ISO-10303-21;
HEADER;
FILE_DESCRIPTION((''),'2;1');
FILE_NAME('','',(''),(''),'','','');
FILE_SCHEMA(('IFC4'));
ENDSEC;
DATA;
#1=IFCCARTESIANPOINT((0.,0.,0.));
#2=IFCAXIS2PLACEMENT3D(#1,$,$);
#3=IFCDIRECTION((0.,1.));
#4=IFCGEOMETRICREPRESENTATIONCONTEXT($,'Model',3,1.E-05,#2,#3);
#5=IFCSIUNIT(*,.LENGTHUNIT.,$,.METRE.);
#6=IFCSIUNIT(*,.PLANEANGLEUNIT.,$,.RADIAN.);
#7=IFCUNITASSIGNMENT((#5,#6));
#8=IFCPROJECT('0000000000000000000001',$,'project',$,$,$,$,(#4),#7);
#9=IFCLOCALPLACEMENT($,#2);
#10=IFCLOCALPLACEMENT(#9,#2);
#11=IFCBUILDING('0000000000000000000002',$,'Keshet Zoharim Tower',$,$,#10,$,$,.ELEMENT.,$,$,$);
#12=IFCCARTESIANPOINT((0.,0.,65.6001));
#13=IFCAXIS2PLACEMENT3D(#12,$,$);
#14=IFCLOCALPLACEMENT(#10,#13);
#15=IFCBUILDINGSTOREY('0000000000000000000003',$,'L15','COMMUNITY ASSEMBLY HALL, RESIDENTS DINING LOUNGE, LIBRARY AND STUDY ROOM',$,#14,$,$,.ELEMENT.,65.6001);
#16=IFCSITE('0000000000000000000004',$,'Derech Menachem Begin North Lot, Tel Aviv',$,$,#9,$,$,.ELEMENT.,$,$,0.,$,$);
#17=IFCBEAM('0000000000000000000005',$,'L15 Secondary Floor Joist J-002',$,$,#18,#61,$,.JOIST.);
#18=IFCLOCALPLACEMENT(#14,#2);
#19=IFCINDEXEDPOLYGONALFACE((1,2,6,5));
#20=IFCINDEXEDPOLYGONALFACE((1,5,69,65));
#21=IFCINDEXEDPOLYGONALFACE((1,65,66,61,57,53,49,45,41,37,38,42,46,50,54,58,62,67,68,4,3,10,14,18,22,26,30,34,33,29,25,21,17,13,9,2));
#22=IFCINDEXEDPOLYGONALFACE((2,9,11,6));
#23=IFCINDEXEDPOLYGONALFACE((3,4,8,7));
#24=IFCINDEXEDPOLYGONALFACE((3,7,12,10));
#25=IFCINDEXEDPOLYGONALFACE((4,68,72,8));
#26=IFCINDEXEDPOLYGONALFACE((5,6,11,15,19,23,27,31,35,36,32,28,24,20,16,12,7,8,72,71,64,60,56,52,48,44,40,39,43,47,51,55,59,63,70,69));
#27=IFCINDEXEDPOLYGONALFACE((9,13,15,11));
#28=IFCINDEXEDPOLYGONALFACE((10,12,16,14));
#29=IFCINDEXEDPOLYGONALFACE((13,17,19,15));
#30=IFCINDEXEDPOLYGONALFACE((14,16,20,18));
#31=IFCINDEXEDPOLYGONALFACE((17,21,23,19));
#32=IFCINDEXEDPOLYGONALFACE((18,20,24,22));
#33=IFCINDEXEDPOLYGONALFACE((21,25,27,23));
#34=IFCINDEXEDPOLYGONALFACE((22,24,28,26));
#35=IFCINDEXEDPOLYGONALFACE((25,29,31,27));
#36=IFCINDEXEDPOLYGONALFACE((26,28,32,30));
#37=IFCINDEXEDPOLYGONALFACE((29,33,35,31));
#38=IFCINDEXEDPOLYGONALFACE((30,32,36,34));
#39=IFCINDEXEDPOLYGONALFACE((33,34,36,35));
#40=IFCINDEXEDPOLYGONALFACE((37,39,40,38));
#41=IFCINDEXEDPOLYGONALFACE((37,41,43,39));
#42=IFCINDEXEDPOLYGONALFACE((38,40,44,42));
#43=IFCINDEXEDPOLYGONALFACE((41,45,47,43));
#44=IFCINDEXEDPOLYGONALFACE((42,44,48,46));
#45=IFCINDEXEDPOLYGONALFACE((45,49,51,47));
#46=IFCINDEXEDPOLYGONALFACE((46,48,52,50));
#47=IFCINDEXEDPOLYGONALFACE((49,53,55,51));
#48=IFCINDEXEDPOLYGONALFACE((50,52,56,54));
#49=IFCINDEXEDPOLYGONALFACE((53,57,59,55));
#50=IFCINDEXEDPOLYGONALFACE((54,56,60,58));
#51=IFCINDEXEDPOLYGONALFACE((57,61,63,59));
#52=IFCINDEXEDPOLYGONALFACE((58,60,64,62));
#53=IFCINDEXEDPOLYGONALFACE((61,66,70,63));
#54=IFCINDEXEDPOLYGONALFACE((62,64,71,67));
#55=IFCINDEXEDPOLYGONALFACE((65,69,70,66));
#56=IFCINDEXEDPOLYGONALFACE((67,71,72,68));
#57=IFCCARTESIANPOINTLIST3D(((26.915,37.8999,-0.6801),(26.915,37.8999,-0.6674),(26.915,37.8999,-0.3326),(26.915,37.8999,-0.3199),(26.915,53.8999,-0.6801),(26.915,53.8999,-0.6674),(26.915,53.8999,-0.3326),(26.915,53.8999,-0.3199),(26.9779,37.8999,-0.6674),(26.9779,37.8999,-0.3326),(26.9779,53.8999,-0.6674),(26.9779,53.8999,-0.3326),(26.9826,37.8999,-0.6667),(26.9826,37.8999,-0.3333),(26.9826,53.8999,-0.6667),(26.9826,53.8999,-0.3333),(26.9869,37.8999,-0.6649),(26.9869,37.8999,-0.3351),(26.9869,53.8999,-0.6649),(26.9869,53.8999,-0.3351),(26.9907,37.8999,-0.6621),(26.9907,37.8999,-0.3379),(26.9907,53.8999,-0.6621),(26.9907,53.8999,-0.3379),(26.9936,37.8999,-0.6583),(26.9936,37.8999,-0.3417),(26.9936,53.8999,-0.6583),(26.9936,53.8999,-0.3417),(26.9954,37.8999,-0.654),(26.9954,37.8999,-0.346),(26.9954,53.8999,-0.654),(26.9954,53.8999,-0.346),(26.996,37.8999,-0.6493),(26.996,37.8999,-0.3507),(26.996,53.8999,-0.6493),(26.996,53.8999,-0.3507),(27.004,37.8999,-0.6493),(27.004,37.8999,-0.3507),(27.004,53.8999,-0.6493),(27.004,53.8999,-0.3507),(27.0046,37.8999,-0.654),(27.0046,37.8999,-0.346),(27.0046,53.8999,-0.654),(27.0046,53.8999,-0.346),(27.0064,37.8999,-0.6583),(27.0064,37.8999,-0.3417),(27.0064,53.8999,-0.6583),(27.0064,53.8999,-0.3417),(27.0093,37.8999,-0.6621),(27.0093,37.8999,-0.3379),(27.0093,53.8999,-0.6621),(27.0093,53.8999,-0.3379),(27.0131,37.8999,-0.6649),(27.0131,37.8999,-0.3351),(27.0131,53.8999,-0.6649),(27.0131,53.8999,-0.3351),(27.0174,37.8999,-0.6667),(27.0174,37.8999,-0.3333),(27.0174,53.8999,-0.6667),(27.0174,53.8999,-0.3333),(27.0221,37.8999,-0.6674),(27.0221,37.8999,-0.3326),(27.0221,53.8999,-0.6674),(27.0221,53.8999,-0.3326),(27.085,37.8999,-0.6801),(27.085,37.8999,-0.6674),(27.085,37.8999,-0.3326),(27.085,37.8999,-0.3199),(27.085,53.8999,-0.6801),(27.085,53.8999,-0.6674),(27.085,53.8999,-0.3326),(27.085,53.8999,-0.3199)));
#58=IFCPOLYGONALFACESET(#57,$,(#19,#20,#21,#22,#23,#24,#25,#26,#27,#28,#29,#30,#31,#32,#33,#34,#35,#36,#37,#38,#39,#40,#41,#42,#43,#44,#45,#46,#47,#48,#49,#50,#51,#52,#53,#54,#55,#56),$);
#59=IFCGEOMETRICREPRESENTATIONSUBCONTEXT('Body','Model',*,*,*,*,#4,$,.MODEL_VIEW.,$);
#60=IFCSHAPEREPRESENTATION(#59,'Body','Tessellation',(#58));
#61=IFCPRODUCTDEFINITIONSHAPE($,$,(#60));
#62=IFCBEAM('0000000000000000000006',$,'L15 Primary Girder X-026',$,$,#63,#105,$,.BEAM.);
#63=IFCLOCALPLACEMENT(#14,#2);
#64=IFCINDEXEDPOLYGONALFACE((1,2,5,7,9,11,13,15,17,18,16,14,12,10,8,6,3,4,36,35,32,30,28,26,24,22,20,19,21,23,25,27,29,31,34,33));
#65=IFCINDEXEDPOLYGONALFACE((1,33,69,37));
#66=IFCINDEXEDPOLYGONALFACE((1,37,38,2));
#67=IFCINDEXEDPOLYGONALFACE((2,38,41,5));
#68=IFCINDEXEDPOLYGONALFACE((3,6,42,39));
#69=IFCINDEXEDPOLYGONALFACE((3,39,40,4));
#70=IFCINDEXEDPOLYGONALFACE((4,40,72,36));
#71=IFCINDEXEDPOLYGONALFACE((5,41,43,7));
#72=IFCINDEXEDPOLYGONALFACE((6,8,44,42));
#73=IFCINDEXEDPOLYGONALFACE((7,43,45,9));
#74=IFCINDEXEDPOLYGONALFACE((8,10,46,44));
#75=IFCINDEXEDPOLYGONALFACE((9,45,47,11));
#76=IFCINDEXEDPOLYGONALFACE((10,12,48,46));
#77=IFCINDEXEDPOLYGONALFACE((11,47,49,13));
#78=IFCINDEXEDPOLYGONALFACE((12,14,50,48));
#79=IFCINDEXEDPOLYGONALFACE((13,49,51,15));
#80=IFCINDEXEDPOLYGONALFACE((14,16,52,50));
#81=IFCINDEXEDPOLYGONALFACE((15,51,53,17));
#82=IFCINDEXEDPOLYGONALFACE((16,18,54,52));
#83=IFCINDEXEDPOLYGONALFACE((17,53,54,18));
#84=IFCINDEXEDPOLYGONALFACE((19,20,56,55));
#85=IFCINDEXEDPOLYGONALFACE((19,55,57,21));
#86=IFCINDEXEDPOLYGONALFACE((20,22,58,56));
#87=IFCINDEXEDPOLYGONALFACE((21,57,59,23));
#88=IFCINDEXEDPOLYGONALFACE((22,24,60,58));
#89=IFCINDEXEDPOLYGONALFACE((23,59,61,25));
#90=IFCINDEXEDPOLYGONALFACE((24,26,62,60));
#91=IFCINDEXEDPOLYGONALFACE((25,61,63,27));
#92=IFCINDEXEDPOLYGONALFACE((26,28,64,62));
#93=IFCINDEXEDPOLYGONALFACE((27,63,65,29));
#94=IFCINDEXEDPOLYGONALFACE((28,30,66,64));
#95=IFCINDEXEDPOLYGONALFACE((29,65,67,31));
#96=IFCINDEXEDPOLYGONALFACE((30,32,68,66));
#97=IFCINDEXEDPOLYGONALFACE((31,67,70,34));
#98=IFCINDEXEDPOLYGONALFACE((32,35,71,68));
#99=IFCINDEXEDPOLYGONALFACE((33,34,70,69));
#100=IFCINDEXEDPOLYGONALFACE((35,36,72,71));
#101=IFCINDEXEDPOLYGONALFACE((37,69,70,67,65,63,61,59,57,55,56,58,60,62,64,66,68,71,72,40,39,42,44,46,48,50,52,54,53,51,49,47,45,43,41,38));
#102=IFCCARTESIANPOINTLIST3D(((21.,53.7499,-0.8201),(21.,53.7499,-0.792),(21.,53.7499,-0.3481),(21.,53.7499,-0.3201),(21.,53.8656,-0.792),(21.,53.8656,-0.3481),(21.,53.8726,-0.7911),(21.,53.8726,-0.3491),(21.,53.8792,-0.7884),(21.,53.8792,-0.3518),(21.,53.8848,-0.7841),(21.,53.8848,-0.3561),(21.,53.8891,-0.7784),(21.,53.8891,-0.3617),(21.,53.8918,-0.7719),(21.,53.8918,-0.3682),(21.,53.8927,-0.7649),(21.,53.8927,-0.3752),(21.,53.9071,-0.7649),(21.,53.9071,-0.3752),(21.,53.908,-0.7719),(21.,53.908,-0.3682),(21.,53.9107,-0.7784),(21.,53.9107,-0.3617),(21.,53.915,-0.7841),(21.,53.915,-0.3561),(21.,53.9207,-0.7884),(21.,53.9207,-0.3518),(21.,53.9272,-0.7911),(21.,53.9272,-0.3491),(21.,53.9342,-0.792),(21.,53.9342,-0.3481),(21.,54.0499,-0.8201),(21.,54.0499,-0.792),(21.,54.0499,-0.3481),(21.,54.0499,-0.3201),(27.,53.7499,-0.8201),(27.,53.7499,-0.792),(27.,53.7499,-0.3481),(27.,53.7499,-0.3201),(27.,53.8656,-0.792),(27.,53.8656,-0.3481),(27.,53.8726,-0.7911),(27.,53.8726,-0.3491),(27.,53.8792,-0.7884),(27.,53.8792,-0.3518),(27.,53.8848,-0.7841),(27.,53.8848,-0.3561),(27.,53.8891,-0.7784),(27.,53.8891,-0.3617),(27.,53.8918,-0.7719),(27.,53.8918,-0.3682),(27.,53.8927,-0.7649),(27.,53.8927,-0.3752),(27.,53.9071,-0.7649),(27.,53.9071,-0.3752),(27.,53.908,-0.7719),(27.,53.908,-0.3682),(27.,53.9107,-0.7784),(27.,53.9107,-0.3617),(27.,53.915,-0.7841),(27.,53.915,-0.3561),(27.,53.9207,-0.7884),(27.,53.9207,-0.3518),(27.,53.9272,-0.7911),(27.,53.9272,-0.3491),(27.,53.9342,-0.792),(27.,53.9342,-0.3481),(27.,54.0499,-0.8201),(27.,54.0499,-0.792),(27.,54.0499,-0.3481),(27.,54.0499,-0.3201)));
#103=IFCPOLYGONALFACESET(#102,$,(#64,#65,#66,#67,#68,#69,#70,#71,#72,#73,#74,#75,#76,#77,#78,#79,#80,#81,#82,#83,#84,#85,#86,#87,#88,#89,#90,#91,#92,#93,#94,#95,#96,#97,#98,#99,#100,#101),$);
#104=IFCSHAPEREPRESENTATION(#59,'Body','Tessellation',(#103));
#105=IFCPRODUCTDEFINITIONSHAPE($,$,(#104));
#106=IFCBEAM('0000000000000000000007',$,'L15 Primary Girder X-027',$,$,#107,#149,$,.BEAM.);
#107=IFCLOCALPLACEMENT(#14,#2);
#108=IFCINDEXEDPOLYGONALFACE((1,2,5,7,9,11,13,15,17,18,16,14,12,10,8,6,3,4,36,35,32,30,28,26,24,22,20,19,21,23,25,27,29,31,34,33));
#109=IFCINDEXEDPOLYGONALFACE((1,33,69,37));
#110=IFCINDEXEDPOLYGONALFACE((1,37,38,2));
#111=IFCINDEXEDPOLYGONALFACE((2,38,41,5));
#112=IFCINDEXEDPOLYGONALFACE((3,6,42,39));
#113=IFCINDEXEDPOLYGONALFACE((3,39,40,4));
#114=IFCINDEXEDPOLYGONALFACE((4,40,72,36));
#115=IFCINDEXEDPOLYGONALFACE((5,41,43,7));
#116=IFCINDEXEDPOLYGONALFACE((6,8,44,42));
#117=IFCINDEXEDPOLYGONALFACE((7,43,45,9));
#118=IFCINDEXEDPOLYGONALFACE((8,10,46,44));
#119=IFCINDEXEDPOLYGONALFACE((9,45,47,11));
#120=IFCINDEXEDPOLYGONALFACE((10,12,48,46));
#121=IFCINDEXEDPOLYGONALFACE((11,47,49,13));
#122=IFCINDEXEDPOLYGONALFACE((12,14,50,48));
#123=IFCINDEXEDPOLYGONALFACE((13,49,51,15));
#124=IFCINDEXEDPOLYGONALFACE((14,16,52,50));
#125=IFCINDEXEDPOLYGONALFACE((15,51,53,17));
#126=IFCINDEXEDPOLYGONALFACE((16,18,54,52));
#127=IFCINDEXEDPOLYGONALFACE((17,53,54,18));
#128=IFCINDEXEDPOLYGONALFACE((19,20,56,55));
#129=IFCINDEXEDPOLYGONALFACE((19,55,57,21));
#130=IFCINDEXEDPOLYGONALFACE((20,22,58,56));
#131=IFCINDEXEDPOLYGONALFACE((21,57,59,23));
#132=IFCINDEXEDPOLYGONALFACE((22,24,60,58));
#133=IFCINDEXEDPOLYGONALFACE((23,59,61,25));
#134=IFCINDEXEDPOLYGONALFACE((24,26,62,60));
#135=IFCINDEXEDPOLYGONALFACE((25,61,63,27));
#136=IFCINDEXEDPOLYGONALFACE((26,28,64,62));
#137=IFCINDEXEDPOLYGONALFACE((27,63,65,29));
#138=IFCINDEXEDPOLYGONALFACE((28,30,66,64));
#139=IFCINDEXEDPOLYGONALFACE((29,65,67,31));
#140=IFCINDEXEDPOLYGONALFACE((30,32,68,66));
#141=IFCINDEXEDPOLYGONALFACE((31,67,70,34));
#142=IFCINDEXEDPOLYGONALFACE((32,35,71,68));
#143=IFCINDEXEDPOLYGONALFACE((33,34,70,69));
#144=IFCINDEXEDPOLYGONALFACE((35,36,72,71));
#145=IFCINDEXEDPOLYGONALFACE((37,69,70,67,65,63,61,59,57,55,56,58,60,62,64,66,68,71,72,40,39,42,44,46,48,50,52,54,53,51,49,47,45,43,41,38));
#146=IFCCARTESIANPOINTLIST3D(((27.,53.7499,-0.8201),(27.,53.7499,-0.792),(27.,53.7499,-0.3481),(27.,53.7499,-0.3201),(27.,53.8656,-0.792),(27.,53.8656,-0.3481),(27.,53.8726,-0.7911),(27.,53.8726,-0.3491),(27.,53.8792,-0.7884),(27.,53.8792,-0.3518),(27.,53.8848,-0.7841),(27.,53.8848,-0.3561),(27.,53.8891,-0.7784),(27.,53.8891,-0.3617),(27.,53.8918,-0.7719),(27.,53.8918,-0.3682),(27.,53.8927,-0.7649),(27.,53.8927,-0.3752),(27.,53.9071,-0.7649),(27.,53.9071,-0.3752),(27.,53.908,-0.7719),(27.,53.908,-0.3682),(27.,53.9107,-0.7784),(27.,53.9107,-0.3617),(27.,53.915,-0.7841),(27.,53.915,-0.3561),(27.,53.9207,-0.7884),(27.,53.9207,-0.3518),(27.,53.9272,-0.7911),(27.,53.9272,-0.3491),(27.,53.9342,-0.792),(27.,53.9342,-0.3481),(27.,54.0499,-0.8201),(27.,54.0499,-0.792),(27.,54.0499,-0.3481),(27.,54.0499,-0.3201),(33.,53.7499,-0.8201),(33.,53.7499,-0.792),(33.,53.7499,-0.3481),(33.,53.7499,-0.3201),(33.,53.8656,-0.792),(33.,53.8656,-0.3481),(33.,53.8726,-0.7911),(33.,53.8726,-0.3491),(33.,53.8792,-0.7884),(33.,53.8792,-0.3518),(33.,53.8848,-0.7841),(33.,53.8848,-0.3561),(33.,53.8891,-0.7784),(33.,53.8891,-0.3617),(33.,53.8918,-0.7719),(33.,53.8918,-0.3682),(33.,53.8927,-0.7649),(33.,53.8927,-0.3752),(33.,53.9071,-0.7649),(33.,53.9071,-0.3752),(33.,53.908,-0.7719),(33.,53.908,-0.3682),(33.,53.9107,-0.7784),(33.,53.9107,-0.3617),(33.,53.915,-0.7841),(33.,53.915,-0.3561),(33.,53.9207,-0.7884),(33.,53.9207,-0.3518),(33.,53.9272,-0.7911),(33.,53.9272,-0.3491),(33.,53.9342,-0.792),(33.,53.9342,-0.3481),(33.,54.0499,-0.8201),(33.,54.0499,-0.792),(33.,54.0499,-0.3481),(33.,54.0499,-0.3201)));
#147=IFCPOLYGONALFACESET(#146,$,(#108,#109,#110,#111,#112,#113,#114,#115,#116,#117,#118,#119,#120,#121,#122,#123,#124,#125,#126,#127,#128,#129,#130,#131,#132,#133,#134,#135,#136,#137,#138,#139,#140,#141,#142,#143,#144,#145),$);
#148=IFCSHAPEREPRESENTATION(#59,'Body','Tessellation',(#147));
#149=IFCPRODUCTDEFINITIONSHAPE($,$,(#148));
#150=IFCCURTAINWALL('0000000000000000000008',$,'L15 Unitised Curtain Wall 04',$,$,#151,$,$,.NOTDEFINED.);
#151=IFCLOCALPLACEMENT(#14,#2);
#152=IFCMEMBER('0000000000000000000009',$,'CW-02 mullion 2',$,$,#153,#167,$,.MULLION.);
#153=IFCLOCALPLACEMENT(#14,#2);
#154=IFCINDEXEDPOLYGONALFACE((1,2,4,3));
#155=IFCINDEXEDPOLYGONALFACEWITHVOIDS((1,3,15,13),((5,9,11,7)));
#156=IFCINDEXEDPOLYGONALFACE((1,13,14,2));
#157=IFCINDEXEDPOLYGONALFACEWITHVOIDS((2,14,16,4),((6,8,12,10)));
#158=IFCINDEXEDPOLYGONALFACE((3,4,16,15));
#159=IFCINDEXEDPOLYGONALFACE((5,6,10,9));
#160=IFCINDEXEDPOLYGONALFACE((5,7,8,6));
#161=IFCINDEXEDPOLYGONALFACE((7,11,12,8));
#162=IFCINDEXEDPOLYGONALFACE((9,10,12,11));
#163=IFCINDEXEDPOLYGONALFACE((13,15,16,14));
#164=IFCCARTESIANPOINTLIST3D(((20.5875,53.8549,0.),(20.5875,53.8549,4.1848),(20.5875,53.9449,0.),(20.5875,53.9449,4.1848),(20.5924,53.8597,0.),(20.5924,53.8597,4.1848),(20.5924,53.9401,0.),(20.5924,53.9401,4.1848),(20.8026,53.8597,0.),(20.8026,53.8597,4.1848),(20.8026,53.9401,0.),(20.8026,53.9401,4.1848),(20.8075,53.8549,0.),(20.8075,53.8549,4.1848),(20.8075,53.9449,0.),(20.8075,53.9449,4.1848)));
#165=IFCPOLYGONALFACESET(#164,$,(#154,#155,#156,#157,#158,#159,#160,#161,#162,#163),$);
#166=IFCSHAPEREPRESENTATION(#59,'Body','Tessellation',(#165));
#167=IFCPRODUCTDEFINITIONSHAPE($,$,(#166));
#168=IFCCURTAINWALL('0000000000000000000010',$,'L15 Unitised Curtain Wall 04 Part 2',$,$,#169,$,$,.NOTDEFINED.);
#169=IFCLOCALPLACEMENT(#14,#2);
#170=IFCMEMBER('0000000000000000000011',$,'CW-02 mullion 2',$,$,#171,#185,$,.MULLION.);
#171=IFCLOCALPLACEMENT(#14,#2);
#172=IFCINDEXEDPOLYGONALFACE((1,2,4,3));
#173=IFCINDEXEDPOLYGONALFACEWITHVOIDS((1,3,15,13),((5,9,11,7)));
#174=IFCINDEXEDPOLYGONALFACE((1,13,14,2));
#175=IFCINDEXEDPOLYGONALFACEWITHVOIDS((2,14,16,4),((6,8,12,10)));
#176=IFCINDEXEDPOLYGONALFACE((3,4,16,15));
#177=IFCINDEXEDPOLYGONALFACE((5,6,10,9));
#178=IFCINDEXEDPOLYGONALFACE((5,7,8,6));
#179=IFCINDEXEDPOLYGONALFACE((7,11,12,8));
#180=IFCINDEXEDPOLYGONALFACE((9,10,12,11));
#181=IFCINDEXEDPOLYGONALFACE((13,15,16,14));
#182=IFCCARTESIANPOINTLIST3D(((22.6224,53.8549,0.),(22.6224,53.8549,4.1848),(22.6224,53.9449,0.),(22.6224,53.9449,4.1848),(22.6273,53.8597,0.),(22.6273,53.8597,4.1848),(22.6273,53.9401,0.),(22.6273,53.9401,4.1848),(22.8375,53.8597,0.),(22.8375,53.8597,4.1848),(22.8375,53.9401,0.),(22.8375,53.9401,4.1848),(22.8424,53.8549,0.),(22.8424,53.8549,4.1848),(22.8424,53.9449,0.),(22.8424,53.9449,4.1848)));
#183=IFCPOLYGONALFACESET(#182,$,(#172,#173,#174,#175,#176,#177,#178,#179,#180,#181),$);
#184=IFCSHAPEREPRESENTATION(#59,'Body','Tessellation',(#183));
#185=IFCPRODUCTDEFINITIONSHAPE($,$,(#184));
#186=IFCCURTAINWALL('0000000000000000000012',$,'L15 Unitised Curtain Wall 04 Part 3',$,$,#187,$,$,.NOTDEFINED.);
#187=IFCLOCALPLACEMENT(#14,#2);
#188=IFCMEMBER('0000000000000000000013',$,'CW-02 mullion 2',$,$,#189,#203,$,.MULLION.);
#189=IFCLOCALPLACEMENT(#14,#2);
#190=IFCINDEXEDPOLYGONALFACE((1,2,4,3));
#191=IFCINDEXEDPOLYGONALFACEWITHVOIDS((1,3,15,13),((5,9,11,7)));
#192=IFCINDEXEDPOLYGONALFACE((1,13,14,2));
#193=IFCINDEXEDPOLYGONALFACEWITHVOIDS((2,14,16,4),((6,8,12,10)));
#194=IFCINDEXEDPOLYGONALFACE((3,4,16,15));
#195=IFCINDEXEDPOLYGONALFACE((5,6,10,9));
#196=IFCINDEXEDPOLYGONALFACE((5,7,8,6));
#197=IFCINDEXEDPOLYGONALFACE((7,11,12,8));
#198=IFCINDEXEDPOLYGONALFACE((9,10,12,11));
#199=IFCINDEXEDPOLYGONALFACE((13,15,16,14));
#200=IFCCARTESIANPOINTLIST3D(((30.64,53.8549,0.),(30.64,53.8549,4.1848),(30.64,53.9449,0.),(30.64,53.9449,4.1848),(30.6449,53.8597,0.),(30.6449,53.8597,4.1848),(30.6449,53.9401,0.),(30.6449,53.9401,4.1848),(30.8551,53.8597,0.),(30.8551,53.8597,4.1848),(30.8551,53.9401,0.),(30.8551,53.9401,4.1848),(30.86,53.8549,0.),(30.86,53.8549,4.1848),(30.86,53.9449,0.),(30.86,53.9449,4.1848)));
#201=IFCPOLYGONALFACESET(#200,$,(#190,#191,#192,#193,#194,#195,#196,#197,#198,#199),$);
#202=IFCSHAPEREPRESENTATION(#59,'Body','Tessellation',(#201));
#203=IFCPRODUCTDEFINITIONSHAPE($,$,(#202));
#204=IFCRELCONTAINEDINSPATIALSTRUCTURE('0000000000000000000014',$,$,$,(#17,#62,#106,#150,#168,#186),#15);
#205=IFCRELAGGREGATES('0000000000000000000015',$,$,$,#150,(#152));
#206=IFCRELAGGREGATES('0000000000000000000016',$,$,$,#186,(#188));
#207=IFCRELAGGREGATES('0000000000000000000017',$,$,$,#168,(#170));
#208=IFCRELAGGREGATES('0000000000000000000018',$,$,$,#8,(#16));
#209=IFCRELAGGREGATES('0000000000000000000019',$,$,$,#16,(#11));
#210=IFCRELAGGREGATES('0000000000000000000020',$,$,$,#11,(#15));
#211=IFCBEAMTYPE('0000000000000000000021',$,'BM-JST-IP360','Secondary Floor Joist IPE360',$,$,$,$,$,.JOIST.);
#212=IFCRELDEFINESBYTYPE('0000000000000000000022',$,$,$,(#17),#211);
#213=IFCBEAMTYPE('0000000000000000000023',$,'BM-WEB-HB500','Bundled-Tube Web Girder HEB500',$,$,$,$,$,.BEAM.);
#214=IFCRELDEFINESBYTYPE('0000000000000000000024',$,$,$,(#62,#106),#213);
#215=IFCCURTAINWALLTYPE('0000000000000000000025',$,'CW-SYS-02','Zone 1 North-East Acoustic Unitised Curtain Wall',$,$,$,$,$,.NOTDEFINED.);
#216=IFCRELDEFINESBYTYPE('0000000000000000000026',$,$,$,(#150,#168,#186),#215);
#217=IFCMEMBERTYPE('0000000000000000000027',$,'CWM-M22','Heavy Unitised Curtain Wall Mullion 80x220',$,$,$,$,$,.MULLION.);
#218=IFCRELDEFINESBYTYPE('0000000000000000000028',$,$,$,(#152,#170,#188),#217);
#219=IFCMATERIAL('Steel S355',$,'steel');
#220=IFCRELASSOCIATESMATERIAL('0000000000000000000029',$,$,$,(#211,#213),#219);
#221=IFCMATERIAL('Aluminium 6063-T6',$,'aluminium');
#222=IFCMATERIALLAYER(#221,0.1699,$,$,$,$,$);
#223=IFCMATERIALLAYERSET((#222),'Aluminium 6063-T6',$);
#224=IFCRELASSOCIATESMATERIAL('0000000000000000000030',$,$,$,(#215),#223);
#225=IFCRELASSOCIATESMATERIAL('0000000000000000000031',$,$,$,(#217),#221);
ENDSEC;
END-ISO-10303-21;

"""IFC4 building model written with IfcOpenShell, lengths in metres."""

from ifc_helpers import new_model, si_unit, direction, frame, origin, origin_2d, place, context, subcontext, project, spatial, hollow_rectangle, i_section, extrude, material, layer, layer_set, material_profile, profile_set, type_object, element, aggregate, save


model = new_model("IFC4")

# Units and contexts
model_context = context("Model", 3, precision=1e-05, world=origin(), true_north=direction((0.0, 1.0)))
body_context = subcontext(model_context, "Body", "Model", "MODEL_VIEW")
ifc_project = project(units=[si_unit("LENGTHUNIT", "METRE"), si_unit("PLANEANGLEUNIT", "RADIAN")], contexts=[model_context])

# Site, building, storey
site_placement = place(None, origin())
site = spatial("IfcSite", under=ifc_project, at=site_placement, Name="Derech Menachem Begin North Lot, Tel Aviv", CompositionType="ELEMENT", RefElevation=0.0)
building_placement = place(site_placement, origin())
building = spatial("IfcBuilding", under=site, at=building_placement, Name="Keshet Zoharim Tower", CompositionType="ELEMENT")
storey_placement = place(building_placement, frame((0.0, 0.0, 65.6001)))
storey = spatial("IfcBuildingStorey", under=building, at=storey_placement, Name="L15", Description="COMMUNITY ASSEMBLY HALL, RESIDENTS DINING LOUNGE, LIBRARY AND STUDY ROOM", CompositionType="ELEMENT", Elevation=65.6001)

# Shared definitions
ifc_material_1 = material(Name="Steel S355", Category="steel")

# Beams
ifc_material_profile_1 = material_profile(ifc_material_1, i_section(OverallWidth=0.1699, OverallDepth=0.3601, WebThickness=0.0081, FlangeThickness=0.0127, FilletRadius=0.0181, at=origin_2d()), Name="IPE360")
ifc_profile_set_1 = profile_set([ifc_material_profile_1], Name="Steel S355")
beam_type_1 = type_object("IfcBeamType", Name="BM-JST-IP360", Description="Secondary Floor Joist IPE360", PredefinedType="JOIST", material=ifc_profile_set_1)
for number, where, z_axis, x_axis, name in (
    (1, (27.0, 37.8999, -0.5), (0.0, 1.0, 0.0), (-1.0, 0.0, 0.0), "L15 Secondary Floor Joist J-002"),
):
    element("IfcBeam", number, at=place(storey_placement, frame(where, z_axis=z_axis, x_axis=x_axis)), inside=storey, type_object=beam_type_1, Name=name, PredefinedType="JOIST", context=body_context, shape_type="SweptSolid", body=[
        extrude(i_section(OverallWidth=0.1699, OverallDepth=0.3601, WebThickness=0.0081, FlangeThickness=0.0127, FilletRadius=0.0181, at=origin_2d()), origin(), (0.0, 0.0, 1.0), 16.0),
    ])
ifc_material_profile_2 = material_profile(ifc_material_1, i_section(OverallWidth=0.3, OverallDepth=0.5, WebThickness=0.0144, FlangeThickness=0.0281, FilletRadius=0.0271, at=origin_2d()), Name="HEB500")
ifc_profile_set_2 = profile_set([ifc_material_profile_2], Name="Steel S355")
beam_type_2 = type_object("IfcBeamType", Name="BM-WEB-HB500", Description="Bundled-Tube Web Girder HEB500", PredefinedType="BEAM", material=ifc_profile_set_2)
for number, where, z_axis, x_axis, name in (
    (2, (21.0, 53.8999, -0.5701), (1.0, 0.0, 0.0), (0.0, 1.0, 0.0), "L15 Primary Girder X-026"),
    (3, (27.0, 53.8999, -0.5701), (1.0, 0.0, 0.0), (0.0, 1.0, 0.0), "L15 Primary Girder X-027"),
):
    element("IfcBeam", number, at=place(storey_placement, frame(where, z_axis=z_axis, x_axis=x_axis)), inside=storey, type_object=beam_type_2, Name=name, PredefinedType="BEAM", context=body_context, shape_type="SweptSolid", body=[
        extrude(i_section(OverallWidth=0.3, OverallDepth=0.5, WebThickness=0.0144, FlangeThickness=0.0281, FilletRadius=0.0271, at=origin_2d()), origin(), (0.0, 0.0, 1.0), 6.0),
    ])

# Curtain walls, members
ifc_material_2 = material(Name="Aluminium 6063-T6", Category="aluminium")
ifc_layer_1 = layer(ifc_material_2, 0.1699)
ifc_layer_set_1 = layer_set([ifc_layer_1], Name="Aluminium 6063-T6")
curtain_wall_type = type_object("IfcCurtainWallType", Name="CW-SYS-02", Description="Zone 1 North-East Acoustic Unitised Curtain Wall", PredefinedType="NOTDEFINED", material=ifc_layer_set_1)
curtain_wall_1_placement = place(storey_placement, origin())
curtain_wall_1 = element("IfcCurtainWall", 4, at=curtain_wall_1_placement, inside=storey, type_object=curtain_wall_type, Name="L15 Unitised Curtain Wall 04", PredefinedType="NOTDEFINED")
ifc_material_profile_3 = material_profile(ifc_material_2, hollow_rectangle(XDim=0.0901, YDim=0.22, WallThickness=0.0049, at=origin_2d()), Name="MUL-90x220")
ifc_profile_set_3 = profile_set([ifc_material_profile_3], Name="Aluminium 6063-T6")
member_type_1 = type_object("IfcMemberType", Name="CWM-M22", Description="Heavy Unitised Curtain Wall Mullion 80x220", PredefinedType="MULLION", material=ifc_profile_set_3)
member_1_placement = place(storey_placement, frame((20.6975, 53.8999, 0.0), z_axis=(0.0, 0.0, 1.0), x_axis=(0.0, 1.0, 0.0)))
member_1 = element("IfcMember", 5, at=member_1_placement, type_object=member_type_1, Name="CW-02 mullion 2", PredefinedType="MULLION", context=body_context, shape_type="SweptSolid", body=[
    extrude(hollow_rectangle(XDim=0.0901, YDim=0.22, WallThickness=0.0049, at=origin_2d()), origin(), (0.0, 0.0, 1.0), 4.1848),
])
curtain_wall_2_placement = place(storey_placement, origin())
curtain_wall_2 = element("IfcCurtainWall", 6, at=curtain_wall_2_placement, inside=storey, type_object=curtain_wall_type, Name="L15 Unitised Curtain Wall 04 Part 2", PredefinedType="NOTDEFINED")
member_2_placement = place(storey_placement, frame((22.7324, 53.8999, 0.0), z_axis=(0.0, 0.0, 1.0), x_axis=(0.0, 1.0, 0.0)))
member_2 = element("IfcMember", 7, at=member_2_placement, type_object=member_type_1, Name="CW-02 mullion 2", PredefinedType="MULLION", context=body_context, shape_type="SweptSolid", body=[
    extrude(hollow_rectangle(XDim=0.0901, YDim=0.22, WallThickness=0.0049, at=origin_2d()), origin(), (0.0, 0.0, 1.0), 4.1848),
])
curtain_wall_3_placement = place(storey_placement, origin())
curtain_wall_3 = element("IfcCurtainWall", 8, at=curtain_wall_3_placement, inside=storey, type_object=curtain_wall_type, Name="L15 Unitised Curtain Wall 04 Part 3", PredefinedType="NOTDEFINED")
member_3_placement = place(storey_placement, frame((30.75, 53.8999, 0.0), z_axis=(0.0, 0.0, 1.0), x_axis=(0.0, 1.0, 0.0)))
member_3 = element("IfcMember", 9, at=member_3_placement, type_object=member_type_1, Name="CW-02 mullion 2", PredefinedType="MULLION", context=body_context, shape_type="SweptSolid", body=[
    extrude(hollow_rectangle(XDim=0.0901, YDim=0.22, WallThickness=0.0049, at=origin_2d()), origin(), (0.0, 0.0, 1.0), 4.1848),
])

aggregate(curtain_wall_1, [member_1])
aggregate(curtain_wall_3, [member_3])
aggregate(curtain_wall_2, [member_2])

save(model, "model.ifc")
